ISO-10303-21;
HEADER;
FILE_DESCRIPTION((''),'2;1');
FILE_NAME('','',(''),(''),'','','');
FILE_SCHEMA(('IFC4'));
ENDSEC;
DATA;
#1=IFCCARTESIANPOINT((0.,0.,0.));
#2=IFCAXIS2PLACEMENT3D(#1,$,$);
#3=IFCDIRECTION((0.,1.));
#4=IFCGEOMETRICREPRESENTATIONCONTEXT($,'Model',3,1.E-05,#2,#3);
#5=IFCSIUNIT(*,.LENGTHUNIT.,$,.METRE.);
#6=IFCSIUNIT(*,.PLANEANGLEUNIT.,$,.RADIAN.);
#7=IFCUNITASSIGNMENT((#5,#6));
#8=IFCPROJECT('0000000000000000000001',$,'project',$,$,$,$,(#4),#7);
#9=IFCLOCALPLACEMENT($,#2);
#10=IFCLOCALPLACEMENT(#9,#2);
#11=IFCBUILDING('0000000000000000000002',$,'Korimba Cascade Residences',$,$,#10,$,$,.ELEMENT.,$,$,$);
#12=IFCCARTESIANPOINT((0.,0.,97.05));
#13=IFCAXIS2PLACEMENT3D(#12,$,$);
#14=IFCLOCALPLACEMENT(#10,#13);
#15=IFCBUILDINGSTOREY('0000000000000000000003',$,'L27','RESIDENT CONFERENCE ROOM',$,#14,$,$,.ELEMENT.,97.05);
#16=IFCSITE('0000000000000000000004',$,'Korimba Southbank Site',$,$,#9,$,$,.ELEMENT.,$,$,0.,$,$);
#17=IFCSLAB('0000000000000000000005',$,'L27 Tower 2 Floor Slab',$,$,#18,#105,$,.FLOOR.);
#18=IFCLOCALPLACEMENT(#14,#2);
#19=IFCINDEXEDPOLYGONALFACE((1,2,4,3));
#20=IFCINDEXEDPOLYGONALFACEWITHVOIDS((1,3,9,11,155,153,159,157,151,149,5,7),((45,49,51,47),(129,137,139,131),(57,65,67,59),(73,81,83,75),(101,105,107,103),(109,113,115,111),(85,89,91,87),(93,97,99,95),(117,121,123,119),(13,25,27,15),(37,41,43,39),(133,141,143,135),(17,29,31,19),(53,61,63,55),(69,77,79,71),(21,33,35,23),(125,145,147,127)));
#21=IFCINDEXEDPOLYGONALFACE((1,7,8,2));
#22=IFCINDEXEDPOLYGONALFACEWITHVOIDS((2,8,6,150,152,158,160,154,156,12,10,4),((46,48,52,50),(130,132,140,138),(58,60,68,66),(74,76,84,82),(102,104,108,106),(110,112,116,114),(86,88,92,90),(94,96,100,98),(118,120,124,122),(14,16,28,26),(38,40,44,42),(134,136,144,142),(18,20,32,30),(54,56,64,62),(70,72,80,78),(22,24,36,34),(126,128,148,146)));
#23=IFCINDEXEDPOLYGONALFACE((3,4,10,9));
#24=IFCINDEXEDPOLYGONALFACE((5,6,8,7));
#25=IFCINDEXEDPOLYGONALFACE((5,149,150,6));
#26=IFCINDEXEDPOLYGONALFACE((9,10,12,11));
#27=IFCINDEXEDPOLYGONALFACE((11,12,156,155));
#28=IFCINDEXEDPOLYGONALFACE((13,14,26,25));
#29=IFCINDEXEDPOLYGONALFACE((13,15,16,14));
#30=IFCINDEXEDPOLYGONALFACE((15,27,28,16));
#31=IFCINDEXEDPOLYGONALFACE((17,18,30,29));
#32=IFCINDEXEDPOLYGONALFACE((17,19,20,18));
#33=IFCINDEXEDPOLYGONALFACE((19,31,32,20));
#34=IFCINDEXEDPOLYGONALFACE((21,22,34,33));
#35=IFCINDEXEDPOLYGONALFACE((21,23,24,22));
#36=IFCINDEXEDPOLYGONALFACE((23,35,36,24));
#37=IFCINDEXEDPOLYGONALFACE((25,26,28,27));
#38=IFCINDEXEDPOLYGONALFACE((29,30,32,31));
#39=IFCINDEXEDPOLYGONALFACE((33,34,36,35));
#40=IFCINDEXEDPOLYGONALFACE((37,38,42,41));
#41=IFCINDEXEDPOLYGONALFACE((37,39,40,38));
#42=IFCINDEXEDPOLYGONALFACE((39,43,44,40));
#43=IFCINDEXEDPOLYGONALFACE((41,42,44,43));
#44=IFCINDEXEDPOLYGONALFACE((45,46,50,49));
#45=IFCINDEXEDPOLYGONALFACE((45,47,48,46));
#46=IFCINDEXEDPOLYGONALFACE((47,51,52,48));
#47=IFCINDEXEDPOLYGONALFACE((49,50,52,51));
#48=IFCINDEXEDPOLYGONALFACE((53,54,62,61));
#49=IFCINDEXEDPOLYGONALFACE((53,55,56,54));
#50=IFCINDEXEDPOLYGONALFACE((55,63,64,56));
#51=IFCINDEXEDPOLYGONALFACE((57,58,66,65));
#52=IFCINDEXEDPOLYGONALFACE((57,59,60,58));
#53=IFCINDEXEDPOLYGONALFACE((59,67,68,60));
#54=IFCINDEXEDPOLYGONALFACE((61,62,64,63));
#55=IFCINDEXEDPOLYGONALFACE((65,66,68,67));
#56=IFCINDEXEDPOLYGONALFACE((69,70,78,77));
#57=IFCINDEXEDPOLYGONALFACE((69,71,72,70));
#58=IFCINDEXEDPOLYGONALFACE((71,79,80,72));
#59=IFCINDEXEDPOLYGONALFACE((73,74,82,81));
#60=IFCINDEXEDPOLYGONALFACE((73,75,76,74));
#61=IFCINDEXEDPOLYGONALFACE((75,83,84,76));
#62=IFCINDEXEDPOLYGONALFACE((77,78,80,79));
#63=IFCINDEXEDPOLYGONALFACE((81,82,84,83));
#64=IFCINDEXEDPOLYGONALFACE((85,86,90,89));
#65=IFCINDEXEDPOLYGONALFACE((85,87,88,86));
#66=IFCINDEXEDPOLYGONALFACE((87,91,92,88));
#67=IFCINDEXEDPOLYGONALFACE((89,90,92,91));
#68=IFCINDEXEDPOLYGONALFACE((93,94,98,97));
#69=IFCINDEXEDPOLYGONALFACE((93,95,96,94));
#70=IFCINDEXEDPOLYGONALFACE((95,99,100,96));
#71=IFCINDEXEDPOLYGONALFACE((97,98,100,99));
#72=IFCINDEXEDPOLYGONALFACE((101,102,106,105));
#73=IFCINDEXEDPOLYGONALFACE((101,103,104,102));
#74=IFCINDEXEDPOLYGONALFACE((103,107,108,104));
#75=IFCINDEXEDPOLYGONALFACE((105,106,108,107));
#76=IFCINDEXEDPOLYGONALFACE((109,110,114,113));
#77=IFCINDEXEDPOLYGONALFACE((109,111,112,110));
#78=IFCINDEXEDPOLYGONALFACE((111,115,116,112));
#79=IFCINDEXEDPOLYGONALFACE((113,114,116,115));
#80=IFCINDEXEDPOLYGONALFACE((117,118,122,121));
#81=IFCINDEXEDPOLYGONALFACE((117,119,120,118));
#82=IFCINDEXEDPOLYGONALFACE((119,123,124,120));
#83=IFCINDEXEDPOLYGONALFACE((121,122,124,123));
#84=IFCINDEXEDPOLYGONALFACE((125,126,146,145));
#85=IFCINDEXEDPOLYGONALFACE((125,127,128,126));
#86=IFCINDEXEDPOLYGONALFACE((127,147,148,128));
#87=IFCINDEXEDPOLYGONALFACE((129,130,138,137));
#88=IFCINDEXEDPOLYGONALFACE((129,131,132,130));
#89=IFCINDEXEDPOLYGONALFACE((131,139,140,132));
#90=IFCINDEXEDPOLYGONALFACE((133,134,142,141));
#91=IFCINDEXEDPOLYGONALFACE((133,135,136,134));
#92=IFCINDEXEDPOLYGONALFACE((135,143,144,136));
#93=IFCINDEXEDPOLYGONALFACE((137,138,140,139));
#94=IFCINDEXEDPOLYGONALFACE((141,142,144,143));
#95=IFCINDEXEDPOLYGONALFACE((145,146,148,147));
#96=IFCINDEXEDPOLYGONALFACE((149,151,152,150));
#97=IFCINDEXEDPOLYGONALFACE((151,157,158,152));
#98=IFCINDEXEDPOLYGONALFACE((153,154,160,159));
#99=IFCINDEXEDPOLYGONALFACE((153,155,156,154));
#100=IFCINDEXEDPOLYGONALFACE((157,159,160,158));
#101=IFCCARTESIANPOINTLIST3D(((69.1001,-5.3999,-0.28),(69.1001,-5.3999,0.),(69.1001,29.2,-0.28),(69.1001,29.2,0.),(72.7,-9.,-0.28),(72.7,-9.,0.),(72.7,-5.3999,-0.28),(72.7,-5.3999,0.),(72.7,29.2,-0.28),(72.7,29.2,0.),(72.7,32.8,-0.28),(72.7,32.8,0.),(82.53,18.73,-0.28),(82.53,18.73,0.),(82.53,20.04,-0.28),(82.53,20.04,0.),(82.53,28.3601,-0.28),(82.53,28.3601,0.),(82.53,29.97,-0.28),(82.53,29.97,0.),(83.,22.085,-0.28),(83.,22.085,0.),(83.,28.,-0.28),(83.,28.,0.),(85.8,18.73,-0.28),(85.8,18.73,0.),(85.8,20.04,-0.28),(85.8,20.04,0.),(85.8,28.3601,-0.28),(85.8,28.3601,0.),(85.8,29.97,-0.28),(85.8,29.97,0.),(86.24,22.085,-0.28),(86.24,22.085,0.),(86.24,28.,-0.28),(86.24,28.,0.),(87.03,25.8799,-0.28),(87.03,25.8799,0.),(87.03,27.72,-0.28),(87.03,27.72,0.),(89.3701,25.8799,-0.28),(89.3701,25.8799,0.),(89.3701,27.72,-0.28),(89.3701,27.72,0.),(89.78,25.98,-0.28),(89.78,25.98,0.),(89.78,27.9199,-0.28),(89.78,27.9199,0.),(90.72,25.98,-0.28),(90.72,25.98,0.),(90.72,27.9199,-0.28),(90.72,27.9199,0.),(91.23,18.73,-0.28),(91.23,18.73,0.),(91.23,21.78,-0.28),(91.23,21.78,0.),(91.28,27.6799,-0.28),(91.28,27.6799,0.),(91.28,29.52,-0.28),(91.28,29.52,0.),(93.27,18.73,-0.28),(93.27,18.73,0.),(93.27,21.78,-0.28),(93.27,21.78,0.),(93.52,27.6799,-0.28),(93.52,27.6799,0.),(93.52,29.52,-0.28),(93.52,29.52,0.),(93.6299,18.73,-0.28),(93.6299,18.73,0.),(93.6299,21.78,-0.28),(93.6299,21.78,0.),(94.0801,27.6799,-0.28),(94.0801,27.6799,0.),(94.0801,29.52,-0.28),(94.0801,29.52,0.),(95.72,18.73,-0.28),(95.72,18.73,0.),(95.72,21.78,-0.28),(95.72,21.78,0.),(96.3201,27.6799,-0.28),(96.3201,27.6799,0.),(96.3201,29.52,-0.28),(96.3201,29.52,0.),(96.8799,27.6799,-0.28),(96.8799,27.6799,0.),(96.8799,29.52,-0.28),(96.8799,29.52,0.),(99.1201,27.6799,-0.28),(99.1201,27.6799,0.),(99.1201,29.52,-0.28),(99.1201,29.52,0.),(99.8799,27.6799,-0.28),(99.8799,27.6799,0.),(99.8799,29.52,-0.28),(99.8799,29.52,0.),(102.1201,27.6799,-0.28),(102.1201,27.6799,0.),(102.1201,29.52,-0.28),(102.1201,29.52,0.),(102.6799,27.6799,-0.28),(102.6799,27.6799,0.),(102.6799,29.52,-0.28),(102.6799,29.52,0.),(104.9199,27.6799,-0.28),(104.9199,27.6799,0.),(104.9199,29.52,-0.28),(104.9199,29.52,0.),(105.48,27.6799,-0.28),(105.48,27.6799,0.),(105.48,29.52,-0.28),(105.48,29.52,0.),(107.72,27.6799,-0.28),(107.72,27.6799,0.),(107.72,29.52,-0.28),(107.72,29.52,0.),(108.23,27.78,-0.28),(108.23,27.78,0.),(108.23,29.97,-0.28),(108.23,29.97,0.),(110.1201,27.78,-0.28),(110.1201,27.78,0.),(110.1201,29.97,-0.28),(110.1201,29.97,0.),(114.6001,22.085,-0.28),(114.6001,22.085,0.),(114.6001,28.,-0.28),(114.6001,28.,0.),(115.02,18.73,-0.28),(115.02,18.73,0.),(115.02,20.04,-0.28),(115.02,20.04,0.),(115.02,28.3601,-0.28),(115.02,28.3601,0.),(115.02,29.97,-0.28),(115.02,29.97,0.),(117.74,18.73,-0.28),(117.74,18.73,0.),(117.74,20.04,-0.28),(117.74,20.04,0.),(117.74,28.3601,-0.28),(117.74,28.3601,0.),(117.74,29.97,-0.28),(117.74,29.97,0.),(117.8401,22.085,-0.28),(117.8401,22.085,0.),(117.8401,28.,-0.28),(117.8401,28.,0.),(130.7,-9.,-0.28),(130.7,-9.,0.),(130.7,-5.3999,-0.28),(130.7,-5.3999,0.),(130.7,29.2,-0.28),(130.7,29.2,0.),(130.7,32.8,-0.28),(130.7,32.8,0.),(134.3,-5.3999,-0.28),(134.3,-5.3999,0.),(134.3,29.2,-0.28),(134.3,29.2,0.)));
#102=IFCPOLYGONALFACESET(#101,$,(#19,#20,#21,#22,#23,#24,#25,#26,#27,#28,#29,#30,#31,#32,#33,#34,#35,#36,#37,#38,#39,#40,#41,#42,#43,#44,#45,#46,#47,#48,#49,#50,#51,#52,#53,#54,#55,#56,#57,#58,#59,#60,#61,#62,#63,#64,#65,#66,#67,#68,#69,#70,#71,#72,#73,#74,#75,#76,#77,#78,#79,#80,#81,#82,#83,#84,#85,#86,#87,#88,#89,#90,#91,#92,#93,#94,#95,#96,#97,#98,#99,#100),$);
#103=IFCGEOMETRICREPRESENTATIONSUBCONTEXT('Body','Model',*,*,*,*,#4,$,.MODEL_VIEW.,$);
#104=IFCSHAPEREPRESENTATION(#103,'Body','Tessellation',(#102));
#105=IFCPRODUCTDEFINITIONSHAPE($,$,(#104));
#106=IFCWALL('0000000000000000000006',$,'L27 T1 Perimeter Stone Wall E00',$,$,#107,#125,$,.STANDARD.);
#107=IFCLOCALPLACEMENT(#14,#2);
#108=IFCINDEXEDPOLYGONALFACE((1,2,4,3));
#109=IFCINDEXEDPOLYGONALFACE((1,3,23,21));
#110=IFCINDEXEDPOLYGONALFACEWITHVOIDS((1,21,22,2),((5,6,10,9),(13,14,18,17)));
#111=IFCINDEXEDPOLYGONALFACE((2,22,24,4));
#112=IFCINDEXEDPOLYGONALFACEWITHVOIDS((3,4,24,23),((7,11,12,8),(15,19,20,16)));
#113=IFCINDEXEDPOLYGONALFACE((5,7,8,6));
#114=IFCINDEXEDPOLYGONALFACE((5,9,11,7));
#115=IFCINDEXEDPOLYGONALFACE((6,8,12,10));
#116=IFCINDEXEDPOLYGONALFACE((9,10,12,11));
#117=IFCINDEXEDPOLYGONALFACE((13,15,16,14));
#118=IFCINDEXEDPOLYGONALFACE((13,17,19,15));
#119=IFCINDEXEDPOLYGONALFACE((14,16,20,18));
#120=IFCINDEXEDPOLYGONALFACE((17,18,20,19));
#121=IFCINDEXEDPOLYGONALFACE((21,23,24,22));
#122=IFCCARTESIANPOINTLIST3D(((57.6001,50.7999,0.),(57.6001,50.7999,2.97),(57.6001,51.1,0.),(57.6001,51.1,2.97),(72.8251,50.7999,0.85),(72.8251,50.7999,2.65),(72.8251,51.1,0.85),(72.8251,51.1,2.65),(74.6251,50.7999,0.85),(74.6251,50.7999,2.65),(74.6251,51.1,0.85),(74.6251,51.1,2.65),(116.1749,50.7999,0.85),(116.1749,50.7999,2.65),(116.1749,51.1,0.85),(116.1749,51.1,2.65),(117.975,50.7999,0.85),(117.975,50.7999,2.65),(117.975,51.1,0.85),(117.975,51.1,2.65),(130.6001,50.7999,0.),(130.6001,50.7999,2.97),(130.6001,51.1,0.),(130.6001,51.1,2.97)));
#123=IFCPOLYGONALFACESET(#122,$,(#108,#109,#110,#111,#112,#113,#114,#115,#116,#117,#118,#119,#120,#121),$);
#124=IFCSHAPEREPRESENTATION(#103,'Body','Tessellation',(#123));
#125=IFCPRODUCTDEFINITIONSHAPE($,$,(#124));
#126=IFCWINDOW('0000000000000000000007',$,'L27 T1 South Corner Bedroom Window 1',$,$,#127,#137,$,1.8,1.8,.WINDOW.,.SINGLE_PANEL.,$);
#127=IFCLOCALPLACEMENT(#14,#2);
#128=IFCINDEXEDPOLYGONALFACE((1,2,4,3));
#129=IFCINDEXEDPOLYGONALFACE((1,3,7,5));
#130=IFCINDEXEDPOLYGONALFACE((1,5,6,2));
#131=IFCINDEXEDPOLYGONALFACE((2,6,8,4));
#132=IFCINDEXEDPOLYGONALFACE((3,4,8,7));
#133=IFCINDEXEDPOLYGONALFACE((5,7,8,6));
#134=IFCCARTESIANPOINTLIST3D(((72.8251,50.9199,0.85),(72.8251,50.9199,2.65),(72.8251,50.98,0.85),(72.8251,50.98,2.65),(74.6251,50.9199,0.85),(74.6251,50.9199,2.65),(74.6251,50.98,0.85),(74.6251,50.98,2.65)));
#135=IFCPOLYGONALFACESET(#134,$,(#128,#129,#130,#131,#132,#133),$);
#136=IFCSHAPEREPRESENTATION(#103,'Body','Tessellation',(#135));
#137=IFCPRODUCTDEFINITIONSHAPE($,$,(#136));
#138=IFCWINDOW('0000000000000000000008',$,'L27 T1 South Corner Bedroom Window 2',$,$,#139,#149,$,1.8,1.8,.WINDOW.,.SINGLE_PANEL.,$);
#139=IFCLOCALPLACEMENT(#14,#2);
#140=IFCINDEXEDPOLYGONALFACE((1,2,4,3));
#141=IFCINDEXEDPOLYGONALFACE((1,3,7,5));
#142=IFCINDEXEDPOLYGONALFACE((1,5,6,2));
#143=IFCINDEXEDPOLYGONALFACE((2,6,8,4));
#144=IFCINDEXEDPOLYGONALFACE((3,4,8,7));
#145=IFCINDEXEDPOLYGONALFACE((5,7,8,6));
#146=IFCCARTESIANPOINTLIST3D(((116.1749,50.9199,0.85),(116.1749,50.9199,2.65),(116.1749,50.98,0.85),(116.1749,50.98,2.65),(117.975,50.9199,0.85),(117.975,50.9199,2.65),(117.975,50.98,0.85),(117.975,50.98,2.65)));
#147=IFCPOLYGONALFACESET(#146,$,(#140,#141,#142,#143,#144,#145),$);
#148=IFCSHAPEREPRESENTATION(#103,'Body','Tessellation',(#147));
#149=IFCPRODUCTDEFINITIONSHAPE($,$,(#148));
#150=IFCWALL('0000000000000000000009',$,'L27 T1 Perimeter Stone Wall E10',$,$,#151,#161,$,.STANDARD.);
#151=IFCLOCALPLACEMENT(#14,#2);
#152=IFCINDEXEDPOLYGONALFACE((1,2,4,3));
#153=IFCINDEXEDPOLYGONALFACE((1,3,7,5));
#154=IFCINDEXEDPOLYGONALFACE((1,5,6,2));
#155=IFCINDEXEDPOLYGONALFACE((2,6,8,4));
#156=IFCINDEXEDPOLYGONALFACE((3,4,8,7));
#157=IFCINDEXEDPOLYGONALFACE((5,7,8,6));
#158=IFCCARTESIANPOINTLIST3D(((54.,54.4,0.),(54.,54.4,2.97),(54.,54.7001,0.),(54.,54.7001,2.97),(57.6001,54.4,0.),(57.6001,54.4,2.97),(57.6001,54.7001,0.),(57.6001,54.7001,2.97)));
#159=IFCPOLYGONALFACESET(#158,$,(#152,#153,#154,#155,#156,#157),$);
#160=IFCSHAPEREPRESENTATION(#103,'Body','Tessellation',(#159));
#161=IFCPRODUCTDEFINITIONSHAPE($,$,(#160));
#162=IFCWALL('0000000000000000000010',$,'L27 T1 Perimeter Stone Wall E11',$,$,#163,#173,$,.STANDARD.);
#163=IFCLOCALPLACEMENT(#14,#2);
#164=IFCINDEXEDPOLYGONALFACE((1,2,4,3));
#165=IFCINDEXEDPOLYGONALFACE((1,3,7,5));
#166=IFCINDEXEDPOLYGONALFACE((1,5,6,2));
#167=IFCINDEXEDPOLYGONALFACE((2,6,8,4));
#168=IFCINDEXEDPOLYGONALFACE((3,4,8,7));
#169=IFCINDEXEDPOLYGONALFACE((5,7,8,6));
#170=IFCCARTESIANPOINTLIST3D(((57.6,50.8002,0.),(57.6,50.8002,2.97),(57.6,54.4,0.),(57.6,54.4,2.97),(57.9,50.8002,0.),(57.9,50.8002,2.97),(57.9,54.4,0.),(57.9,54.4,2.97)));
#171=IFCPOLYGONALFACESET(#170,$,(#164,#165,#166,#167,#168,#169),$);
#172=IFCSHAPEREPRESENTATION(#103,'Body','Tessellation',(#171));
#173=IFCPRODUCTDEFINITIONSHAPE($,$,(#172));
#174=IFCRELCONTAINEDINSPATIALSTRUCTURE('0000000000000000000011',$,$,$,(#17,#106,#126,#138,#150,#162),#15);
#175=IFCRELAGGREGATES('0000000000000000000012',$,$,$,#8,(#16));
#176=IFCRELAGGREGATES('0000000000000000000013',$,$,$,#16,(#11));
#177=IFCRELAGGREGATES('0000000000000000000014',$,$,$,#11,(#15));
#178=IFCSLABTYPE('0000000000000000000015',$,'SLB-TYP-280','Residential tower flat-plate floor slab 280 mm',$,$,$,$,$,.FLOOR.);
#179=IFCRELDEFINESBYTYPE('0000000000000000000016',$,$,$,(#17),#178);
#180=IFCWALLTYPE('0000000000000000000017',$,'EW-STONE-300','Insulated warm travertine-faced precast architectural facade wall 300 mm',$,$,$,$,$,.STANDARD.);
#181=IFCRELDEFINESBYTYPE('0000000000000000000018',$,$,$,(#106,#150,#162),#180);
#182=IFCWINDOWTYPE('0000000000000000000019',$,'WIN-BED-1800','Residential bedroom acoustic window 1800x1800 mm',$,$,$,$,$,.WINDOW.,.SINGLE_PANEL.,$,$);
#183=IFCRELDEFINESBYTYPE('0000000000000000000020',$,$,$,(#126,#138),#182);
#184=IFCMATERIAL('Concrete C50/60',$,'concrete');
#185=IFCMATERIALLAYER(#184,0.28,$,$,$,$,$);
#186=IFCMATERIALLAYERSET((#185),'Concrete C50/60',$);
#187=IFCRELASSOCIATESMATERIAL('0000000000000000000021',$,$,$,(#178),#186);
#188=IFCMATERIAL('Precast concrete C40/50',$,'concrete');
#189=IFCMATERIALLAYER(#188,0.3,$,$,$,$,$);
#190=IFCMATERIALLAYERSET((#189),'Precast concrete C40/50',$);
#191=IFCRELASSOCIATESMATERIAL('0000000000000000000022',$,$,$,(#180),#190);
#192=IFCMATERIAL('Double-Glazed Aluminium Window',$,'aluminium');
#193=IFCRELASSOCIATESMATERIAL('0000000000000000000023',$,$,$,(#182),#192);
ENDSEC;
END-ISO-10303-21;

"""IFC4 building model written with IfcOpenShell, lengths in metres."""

from ifc_helpers import new_model, si_unit, direction, frame, frame_2d, origin, place, context, subcontext, project, spatial, polyline, rectangle, outline, extrude, material, layer, layer_set, type_object, element, fill, save


model = new_model("IFC4")

# Units and contexts
model_context = context("Model", 3, precision=1e-05, world=origin(), true_north=direction((0.0, 1.0)))
body_context = subcontext(model_context, "Body", "Model", "MODEL_VIEW")
ifc_project = project(units=[si_unit("LENGTHUNIT", "METRE"), si_unit("PLANEANGLEUNIT", "RADIAN")], contexts=[model_context])

# Site, building, storey
site_placement = place(None, origin())
site = spatial("IfcSite", under=ifc_project, at=site_placement, Name="Korimba Southbank Site", CompositionType="ELEMENT", RefElevation=0.0)
building_placement = place(site_placement, origin())
building = spatial("IfcBuilding", under=site, at=building_placement, Name="Korimba Cascade Residences", CompositionType="ELEMENT")
storey_placement = place(building_placement, frame((0.0, 0.0, 97.05)))
storey = spatial("IfcBuildingStorey", under=building, at=storey_placement, Name="L27", Description="RESIDENT CONFERENCE ROOM", CompositionType="ELEMENT", Elevation=97.05)

# Shared definitions
ifc_material_1 = material(Name="Concrete C50/60", Category="concrete")

# Slab
ifc_material_2 = material(Name="Precast concrete C40/50", Category="concrete")
ifc_layer_1 = layer(ifc_material_1, 0.28)
ifc_layer_set_1 = layer_set([ifc_layer_1], Name="Concrete C50/60")
slab_type_1 = type_object("IfcSlabType", Name="SLB-TYP-280", Description="Residential tower flat-plate floor slab 280 mm", PredefinedType="FLOOR", material=ifc_layer_set_1)
slab_1_placement = place(storey_placement, frame((0.0, 0.0, -0.28)))
element("IfcSlab", 1, at=slab_1_placement, inside=storey, type_object=slab_type_1, Name="L27 Tower 2 Floor Slab", PredefinedType="FLOOR", context=body_context, shape_type="SweptSolid", body=[
    extrude(outline(polyline([(72.7, -9.0), (130.7, -9.0), (130.7, -5.3999), (134.3, -5.3999), (134.3, 29.2), (130.7, 29.2), (130.7, 32.8), (72.7, 32.8), (72.7, 29.2), (69.1001, 29.2), (69.1001, -5.3999), (72.7, -5.3999), (72.7, -9.0)]), holes=[polyline([(86.24, 22.085), (86.24, 28.0), (83.0, 28.0), (83.0, 22.085), (86.24, 22.085)]), polyline([(117.8401, 22.085), (117.8401, 28.0), (114.6001, 28.0), (114.6001, 22.085), (117.8401, 22.085)]), polyline([(87.03, 25.8799), (89.3701, 25.8799), (89.3701, 27.72), (87.03, 27.72), (87.03, 25.8799)]), polyline([(91.28, 27.6799), (93.52, 27.6799), (93.52, 29.52), (91.28, 29.52), (91.28, 27.6799)]), polyline([(94.0801, 27.6799), (96.3201, 27.6799), (96.3201, 29.52), (94.0801, 29.52), (94.0801, 27.6799)]), polyline([(96.8799, 27.6799), (99.1201, 27.6799), (99.1201, 29.52), (96.8799, 29.52), (96.8799, 27.6799)]), polyline([(99.8799, 27.6799), (102.1201, 27.6799), (102.1201, 29.52), (99.8799, 29.52), (99.8799, 27.6799)]), polyline([(102.6799, 27.6799), (104.9199, 27.6799), (104.9199, 29.52), (102.6799, 29.52), (102.6799, 27.6799)]), polyline([(105.48, 27.6799), (107.72, 27.6799), (107.72, 29.52), (105.48, 29.52), (105.48, 27.6799)]), polyline([(89.78, 25.98), (90.72, 25.98), (90.72, 27.9199), (89.78, 27.9199), (89.78, 25.98)]), polyline([(82.53, 18.73), (85.8, 18.73), (85.8, 20.04), (82.53, 20.04), (82.53, 18.73)]), polyline([(82.53, 28.3601), (85.8, 28.3601), (85.8, 29.97), (82.53, 29.97), (82.53, 28.3601)]), polyline([(108.23, 27.78), (110.1201, 27.78), (110.1201, 29.97), (108.23, 29.97), (108.23, 27.78)]), polyline([(91.23, 18.73), (93.27, 18.73), (93.27, 21.78), (91.23, 21.78), (91.23, 18.73)]), polyline([(93.6299, 18.73), (95.72, 18.73), (95.72, 21.78), (93.6299, 21.78), (93.6299, 18.73)]), polyline([(115.02, 18.73), (117.74, 18.73), (117.74, 20.04), (115.02, 20.04), (115.02, 18.73)]), polyline([(115.02, 28.3601), (117.74, 28.3601), (117.74, 29.97), (115.02, 29.97), (115.02, 28.3601)])]), origin(), (0.0, 0.0, 1.0), 0.28),
])

# Wall, openings, windows
ifc_layer_2 = layer(ifc_material_2, 0.3)
ifc_layer_set_2 = layer_set([ifc_layer_2], Name="Precast concrete C40/50")
wall_type_1 = type_object("IfcWallType", Name="EW-STONE-300", Description="Insulated warm travertine-faced precast architectural facade wall 300 mm", PredefinedType="STANDARD", material=ifc_layer_set_2)
wall_1_placement = place(storey_placement, frame((57.6001, 50.95, 0.0), z_axis=(0.0, 0.0, 1.0), x_axis=(1.0, 0.0, 0.0)))
wall_1 = element("IfcWall", 2, at=wall_1_placement, inside=storey, type_object=wall_type_1, Name="L27 T1 Perimeter Stone Wall E00", PredefinedType="STANDARD", context=body_context, shape_type="SweptSolid", body=[
    extrude(rectangle(XDim=73.0, YDim=0.3, at=frame_2d((36.5, 0.0))), origin(), (0.0, 0.0, 1.0), 2.97),
])
opening_1_placement = place(wall_1_placement, frame((15.2251, 0.0, 0.8501)))
opening_1 = element("IfcOpeningElement", 3, at=opening_1_placement, cuts=wall_1, PredefinedType="OPENING", context=body_context, shape_type="SweptSolid", body=[
    extrude(rectangle(XDim=1.8, YDim=1.8, at=frame_2d((0.8999, 0.8999))), frame((0.0, 0.1602, 0.0), z_axis=(0.0, -1.0, 0.0), x_axis=(1.0, 0.0, 0.0)), (0.0, 0.0, 1.0), 0.3201),
])
opening_2_placement = place(wall_1_placement, frame((58.575, 0.0, 0.8501)))
opening_2 = element("IfcOpeningElement", 4, at=opening_2_placement, cuts=wall_1, PredefinedType="OPENING", context=body_context, shape_type="SweptSolid", body=[
    extrude(rectangle(XDim=1.8, YDim=1.8, at=frame_2d((0.8999, 0.8999))), frame((0.0, 0.1602, 0.0), z_axis=(0.0, -1.0, 0.0), x_axis=(1.0, 0.0, 0.0)), (0.0, 0.0, 1.0), 0.3201),
])
ifc_material_3 = material(Name="Double-Glazed Aluminium Window", Category="aluminium")
window_type = type_object("IfcWindowType", Name="WIN-BED-1800", Description="Residential bedroom acoustic window 1800x1800 mm", PartitioningType="SINGLE_PANEL", PredefinedType="WINDOW", material=ifc_material_3)
window_1_placement = place(opening_1_placement, origin())
window_1 = element("IfcWindow", 5, at=window_1_placement, inside=storey, type_object=window_type, Name="L27 T1 South Corner Bedroom Window 1", OverallHeight=1.8, OverallWidth=1.8, PartitioningType="SINGLE_PANEL", PredefinedType="WINDOW", context=body_context, shape_type="SweptSolid", body=[
    extrude(rectangle(XDim=1.8, YDim=1.8, at=frame_2d((0.8999, 0.8999))), frame((0.0, 0.03, 0.0), z_axis=(0.0, -1.0, 0.0), x_axis=(1.0, 0.0, 0.0)), (0.0, 0.0, 1.0), 0.0601),
])
fill(opening_1, window_1)
window_2_placement = place(opening_2_placement, origin())
window_2 = element("IfcWindow", 6, at=window_2_placement, inside=storey, type_object=window_type, Name="L27 T1 South Corner Bedroom Window 2", OverallHeight=1.8, OverallWidth=1.8, PartitioningType="SINGLE_PANEL", PredefinedType="WINDOW", context=body_context, shape_type="SweptSolid", body=[
    extrude(rectangle(XDim=1.8, YDim=1.8, at=frame_2d((0.8999, 0.8999))), frame((0.0, 0.03, 0.0), z_axis=(0.0, -1.0, 0.0), x_axis=(1.0, 0.0, 0.0)), (0.0, 0.0, 1.0), 0.0601),
])
fill(opening_2, window_2)

# Walls
wall_2_placement = place(storey_placement, frame((54.0, 54.55, 0.0), z_axis=(0.0, 0.0, 1.0), x_axis=(1.0, 0.0, 0.0)))
element("IfcWall", 7, at=wall_2_placement, inside=storey, type_object=wall_type_1, Name="L27 T1 Perimeter Stone Wall E10", PredefinedType="STANDARD", context=body_context, shape_type="SweptSolid", body=[
    extrude(rectangle(XDim=3.6001, YDim=0.3, at=frame_2d((1.8, 0.0))), origin(), (0.0, 0.0, 1.0), 2.97),
])
wall_3_placement = place(storey_placement, frame((57.75, 54.3999, 0.0), z_axis=(0.0, 0.0, 1.0), x_axis=(0.0, -1.0, 0.0)))
element("IfcWall", 8, at=wall_3_placement, inside=storey, type_object=wall_type_1, Name="L27 T1 Perimeter Stone Wall E11", PredefinedType="STANDARD", context=body_context, shape_type="SweptSolid", body=[
    extrude(rectangle(XDim=3.5999, YDim=0.3, at=frame_2d((1.7998, 0.0))), origin(), (0.0, 0.0, 1.0), 2.97),
])

save(model, "model.ifc")
